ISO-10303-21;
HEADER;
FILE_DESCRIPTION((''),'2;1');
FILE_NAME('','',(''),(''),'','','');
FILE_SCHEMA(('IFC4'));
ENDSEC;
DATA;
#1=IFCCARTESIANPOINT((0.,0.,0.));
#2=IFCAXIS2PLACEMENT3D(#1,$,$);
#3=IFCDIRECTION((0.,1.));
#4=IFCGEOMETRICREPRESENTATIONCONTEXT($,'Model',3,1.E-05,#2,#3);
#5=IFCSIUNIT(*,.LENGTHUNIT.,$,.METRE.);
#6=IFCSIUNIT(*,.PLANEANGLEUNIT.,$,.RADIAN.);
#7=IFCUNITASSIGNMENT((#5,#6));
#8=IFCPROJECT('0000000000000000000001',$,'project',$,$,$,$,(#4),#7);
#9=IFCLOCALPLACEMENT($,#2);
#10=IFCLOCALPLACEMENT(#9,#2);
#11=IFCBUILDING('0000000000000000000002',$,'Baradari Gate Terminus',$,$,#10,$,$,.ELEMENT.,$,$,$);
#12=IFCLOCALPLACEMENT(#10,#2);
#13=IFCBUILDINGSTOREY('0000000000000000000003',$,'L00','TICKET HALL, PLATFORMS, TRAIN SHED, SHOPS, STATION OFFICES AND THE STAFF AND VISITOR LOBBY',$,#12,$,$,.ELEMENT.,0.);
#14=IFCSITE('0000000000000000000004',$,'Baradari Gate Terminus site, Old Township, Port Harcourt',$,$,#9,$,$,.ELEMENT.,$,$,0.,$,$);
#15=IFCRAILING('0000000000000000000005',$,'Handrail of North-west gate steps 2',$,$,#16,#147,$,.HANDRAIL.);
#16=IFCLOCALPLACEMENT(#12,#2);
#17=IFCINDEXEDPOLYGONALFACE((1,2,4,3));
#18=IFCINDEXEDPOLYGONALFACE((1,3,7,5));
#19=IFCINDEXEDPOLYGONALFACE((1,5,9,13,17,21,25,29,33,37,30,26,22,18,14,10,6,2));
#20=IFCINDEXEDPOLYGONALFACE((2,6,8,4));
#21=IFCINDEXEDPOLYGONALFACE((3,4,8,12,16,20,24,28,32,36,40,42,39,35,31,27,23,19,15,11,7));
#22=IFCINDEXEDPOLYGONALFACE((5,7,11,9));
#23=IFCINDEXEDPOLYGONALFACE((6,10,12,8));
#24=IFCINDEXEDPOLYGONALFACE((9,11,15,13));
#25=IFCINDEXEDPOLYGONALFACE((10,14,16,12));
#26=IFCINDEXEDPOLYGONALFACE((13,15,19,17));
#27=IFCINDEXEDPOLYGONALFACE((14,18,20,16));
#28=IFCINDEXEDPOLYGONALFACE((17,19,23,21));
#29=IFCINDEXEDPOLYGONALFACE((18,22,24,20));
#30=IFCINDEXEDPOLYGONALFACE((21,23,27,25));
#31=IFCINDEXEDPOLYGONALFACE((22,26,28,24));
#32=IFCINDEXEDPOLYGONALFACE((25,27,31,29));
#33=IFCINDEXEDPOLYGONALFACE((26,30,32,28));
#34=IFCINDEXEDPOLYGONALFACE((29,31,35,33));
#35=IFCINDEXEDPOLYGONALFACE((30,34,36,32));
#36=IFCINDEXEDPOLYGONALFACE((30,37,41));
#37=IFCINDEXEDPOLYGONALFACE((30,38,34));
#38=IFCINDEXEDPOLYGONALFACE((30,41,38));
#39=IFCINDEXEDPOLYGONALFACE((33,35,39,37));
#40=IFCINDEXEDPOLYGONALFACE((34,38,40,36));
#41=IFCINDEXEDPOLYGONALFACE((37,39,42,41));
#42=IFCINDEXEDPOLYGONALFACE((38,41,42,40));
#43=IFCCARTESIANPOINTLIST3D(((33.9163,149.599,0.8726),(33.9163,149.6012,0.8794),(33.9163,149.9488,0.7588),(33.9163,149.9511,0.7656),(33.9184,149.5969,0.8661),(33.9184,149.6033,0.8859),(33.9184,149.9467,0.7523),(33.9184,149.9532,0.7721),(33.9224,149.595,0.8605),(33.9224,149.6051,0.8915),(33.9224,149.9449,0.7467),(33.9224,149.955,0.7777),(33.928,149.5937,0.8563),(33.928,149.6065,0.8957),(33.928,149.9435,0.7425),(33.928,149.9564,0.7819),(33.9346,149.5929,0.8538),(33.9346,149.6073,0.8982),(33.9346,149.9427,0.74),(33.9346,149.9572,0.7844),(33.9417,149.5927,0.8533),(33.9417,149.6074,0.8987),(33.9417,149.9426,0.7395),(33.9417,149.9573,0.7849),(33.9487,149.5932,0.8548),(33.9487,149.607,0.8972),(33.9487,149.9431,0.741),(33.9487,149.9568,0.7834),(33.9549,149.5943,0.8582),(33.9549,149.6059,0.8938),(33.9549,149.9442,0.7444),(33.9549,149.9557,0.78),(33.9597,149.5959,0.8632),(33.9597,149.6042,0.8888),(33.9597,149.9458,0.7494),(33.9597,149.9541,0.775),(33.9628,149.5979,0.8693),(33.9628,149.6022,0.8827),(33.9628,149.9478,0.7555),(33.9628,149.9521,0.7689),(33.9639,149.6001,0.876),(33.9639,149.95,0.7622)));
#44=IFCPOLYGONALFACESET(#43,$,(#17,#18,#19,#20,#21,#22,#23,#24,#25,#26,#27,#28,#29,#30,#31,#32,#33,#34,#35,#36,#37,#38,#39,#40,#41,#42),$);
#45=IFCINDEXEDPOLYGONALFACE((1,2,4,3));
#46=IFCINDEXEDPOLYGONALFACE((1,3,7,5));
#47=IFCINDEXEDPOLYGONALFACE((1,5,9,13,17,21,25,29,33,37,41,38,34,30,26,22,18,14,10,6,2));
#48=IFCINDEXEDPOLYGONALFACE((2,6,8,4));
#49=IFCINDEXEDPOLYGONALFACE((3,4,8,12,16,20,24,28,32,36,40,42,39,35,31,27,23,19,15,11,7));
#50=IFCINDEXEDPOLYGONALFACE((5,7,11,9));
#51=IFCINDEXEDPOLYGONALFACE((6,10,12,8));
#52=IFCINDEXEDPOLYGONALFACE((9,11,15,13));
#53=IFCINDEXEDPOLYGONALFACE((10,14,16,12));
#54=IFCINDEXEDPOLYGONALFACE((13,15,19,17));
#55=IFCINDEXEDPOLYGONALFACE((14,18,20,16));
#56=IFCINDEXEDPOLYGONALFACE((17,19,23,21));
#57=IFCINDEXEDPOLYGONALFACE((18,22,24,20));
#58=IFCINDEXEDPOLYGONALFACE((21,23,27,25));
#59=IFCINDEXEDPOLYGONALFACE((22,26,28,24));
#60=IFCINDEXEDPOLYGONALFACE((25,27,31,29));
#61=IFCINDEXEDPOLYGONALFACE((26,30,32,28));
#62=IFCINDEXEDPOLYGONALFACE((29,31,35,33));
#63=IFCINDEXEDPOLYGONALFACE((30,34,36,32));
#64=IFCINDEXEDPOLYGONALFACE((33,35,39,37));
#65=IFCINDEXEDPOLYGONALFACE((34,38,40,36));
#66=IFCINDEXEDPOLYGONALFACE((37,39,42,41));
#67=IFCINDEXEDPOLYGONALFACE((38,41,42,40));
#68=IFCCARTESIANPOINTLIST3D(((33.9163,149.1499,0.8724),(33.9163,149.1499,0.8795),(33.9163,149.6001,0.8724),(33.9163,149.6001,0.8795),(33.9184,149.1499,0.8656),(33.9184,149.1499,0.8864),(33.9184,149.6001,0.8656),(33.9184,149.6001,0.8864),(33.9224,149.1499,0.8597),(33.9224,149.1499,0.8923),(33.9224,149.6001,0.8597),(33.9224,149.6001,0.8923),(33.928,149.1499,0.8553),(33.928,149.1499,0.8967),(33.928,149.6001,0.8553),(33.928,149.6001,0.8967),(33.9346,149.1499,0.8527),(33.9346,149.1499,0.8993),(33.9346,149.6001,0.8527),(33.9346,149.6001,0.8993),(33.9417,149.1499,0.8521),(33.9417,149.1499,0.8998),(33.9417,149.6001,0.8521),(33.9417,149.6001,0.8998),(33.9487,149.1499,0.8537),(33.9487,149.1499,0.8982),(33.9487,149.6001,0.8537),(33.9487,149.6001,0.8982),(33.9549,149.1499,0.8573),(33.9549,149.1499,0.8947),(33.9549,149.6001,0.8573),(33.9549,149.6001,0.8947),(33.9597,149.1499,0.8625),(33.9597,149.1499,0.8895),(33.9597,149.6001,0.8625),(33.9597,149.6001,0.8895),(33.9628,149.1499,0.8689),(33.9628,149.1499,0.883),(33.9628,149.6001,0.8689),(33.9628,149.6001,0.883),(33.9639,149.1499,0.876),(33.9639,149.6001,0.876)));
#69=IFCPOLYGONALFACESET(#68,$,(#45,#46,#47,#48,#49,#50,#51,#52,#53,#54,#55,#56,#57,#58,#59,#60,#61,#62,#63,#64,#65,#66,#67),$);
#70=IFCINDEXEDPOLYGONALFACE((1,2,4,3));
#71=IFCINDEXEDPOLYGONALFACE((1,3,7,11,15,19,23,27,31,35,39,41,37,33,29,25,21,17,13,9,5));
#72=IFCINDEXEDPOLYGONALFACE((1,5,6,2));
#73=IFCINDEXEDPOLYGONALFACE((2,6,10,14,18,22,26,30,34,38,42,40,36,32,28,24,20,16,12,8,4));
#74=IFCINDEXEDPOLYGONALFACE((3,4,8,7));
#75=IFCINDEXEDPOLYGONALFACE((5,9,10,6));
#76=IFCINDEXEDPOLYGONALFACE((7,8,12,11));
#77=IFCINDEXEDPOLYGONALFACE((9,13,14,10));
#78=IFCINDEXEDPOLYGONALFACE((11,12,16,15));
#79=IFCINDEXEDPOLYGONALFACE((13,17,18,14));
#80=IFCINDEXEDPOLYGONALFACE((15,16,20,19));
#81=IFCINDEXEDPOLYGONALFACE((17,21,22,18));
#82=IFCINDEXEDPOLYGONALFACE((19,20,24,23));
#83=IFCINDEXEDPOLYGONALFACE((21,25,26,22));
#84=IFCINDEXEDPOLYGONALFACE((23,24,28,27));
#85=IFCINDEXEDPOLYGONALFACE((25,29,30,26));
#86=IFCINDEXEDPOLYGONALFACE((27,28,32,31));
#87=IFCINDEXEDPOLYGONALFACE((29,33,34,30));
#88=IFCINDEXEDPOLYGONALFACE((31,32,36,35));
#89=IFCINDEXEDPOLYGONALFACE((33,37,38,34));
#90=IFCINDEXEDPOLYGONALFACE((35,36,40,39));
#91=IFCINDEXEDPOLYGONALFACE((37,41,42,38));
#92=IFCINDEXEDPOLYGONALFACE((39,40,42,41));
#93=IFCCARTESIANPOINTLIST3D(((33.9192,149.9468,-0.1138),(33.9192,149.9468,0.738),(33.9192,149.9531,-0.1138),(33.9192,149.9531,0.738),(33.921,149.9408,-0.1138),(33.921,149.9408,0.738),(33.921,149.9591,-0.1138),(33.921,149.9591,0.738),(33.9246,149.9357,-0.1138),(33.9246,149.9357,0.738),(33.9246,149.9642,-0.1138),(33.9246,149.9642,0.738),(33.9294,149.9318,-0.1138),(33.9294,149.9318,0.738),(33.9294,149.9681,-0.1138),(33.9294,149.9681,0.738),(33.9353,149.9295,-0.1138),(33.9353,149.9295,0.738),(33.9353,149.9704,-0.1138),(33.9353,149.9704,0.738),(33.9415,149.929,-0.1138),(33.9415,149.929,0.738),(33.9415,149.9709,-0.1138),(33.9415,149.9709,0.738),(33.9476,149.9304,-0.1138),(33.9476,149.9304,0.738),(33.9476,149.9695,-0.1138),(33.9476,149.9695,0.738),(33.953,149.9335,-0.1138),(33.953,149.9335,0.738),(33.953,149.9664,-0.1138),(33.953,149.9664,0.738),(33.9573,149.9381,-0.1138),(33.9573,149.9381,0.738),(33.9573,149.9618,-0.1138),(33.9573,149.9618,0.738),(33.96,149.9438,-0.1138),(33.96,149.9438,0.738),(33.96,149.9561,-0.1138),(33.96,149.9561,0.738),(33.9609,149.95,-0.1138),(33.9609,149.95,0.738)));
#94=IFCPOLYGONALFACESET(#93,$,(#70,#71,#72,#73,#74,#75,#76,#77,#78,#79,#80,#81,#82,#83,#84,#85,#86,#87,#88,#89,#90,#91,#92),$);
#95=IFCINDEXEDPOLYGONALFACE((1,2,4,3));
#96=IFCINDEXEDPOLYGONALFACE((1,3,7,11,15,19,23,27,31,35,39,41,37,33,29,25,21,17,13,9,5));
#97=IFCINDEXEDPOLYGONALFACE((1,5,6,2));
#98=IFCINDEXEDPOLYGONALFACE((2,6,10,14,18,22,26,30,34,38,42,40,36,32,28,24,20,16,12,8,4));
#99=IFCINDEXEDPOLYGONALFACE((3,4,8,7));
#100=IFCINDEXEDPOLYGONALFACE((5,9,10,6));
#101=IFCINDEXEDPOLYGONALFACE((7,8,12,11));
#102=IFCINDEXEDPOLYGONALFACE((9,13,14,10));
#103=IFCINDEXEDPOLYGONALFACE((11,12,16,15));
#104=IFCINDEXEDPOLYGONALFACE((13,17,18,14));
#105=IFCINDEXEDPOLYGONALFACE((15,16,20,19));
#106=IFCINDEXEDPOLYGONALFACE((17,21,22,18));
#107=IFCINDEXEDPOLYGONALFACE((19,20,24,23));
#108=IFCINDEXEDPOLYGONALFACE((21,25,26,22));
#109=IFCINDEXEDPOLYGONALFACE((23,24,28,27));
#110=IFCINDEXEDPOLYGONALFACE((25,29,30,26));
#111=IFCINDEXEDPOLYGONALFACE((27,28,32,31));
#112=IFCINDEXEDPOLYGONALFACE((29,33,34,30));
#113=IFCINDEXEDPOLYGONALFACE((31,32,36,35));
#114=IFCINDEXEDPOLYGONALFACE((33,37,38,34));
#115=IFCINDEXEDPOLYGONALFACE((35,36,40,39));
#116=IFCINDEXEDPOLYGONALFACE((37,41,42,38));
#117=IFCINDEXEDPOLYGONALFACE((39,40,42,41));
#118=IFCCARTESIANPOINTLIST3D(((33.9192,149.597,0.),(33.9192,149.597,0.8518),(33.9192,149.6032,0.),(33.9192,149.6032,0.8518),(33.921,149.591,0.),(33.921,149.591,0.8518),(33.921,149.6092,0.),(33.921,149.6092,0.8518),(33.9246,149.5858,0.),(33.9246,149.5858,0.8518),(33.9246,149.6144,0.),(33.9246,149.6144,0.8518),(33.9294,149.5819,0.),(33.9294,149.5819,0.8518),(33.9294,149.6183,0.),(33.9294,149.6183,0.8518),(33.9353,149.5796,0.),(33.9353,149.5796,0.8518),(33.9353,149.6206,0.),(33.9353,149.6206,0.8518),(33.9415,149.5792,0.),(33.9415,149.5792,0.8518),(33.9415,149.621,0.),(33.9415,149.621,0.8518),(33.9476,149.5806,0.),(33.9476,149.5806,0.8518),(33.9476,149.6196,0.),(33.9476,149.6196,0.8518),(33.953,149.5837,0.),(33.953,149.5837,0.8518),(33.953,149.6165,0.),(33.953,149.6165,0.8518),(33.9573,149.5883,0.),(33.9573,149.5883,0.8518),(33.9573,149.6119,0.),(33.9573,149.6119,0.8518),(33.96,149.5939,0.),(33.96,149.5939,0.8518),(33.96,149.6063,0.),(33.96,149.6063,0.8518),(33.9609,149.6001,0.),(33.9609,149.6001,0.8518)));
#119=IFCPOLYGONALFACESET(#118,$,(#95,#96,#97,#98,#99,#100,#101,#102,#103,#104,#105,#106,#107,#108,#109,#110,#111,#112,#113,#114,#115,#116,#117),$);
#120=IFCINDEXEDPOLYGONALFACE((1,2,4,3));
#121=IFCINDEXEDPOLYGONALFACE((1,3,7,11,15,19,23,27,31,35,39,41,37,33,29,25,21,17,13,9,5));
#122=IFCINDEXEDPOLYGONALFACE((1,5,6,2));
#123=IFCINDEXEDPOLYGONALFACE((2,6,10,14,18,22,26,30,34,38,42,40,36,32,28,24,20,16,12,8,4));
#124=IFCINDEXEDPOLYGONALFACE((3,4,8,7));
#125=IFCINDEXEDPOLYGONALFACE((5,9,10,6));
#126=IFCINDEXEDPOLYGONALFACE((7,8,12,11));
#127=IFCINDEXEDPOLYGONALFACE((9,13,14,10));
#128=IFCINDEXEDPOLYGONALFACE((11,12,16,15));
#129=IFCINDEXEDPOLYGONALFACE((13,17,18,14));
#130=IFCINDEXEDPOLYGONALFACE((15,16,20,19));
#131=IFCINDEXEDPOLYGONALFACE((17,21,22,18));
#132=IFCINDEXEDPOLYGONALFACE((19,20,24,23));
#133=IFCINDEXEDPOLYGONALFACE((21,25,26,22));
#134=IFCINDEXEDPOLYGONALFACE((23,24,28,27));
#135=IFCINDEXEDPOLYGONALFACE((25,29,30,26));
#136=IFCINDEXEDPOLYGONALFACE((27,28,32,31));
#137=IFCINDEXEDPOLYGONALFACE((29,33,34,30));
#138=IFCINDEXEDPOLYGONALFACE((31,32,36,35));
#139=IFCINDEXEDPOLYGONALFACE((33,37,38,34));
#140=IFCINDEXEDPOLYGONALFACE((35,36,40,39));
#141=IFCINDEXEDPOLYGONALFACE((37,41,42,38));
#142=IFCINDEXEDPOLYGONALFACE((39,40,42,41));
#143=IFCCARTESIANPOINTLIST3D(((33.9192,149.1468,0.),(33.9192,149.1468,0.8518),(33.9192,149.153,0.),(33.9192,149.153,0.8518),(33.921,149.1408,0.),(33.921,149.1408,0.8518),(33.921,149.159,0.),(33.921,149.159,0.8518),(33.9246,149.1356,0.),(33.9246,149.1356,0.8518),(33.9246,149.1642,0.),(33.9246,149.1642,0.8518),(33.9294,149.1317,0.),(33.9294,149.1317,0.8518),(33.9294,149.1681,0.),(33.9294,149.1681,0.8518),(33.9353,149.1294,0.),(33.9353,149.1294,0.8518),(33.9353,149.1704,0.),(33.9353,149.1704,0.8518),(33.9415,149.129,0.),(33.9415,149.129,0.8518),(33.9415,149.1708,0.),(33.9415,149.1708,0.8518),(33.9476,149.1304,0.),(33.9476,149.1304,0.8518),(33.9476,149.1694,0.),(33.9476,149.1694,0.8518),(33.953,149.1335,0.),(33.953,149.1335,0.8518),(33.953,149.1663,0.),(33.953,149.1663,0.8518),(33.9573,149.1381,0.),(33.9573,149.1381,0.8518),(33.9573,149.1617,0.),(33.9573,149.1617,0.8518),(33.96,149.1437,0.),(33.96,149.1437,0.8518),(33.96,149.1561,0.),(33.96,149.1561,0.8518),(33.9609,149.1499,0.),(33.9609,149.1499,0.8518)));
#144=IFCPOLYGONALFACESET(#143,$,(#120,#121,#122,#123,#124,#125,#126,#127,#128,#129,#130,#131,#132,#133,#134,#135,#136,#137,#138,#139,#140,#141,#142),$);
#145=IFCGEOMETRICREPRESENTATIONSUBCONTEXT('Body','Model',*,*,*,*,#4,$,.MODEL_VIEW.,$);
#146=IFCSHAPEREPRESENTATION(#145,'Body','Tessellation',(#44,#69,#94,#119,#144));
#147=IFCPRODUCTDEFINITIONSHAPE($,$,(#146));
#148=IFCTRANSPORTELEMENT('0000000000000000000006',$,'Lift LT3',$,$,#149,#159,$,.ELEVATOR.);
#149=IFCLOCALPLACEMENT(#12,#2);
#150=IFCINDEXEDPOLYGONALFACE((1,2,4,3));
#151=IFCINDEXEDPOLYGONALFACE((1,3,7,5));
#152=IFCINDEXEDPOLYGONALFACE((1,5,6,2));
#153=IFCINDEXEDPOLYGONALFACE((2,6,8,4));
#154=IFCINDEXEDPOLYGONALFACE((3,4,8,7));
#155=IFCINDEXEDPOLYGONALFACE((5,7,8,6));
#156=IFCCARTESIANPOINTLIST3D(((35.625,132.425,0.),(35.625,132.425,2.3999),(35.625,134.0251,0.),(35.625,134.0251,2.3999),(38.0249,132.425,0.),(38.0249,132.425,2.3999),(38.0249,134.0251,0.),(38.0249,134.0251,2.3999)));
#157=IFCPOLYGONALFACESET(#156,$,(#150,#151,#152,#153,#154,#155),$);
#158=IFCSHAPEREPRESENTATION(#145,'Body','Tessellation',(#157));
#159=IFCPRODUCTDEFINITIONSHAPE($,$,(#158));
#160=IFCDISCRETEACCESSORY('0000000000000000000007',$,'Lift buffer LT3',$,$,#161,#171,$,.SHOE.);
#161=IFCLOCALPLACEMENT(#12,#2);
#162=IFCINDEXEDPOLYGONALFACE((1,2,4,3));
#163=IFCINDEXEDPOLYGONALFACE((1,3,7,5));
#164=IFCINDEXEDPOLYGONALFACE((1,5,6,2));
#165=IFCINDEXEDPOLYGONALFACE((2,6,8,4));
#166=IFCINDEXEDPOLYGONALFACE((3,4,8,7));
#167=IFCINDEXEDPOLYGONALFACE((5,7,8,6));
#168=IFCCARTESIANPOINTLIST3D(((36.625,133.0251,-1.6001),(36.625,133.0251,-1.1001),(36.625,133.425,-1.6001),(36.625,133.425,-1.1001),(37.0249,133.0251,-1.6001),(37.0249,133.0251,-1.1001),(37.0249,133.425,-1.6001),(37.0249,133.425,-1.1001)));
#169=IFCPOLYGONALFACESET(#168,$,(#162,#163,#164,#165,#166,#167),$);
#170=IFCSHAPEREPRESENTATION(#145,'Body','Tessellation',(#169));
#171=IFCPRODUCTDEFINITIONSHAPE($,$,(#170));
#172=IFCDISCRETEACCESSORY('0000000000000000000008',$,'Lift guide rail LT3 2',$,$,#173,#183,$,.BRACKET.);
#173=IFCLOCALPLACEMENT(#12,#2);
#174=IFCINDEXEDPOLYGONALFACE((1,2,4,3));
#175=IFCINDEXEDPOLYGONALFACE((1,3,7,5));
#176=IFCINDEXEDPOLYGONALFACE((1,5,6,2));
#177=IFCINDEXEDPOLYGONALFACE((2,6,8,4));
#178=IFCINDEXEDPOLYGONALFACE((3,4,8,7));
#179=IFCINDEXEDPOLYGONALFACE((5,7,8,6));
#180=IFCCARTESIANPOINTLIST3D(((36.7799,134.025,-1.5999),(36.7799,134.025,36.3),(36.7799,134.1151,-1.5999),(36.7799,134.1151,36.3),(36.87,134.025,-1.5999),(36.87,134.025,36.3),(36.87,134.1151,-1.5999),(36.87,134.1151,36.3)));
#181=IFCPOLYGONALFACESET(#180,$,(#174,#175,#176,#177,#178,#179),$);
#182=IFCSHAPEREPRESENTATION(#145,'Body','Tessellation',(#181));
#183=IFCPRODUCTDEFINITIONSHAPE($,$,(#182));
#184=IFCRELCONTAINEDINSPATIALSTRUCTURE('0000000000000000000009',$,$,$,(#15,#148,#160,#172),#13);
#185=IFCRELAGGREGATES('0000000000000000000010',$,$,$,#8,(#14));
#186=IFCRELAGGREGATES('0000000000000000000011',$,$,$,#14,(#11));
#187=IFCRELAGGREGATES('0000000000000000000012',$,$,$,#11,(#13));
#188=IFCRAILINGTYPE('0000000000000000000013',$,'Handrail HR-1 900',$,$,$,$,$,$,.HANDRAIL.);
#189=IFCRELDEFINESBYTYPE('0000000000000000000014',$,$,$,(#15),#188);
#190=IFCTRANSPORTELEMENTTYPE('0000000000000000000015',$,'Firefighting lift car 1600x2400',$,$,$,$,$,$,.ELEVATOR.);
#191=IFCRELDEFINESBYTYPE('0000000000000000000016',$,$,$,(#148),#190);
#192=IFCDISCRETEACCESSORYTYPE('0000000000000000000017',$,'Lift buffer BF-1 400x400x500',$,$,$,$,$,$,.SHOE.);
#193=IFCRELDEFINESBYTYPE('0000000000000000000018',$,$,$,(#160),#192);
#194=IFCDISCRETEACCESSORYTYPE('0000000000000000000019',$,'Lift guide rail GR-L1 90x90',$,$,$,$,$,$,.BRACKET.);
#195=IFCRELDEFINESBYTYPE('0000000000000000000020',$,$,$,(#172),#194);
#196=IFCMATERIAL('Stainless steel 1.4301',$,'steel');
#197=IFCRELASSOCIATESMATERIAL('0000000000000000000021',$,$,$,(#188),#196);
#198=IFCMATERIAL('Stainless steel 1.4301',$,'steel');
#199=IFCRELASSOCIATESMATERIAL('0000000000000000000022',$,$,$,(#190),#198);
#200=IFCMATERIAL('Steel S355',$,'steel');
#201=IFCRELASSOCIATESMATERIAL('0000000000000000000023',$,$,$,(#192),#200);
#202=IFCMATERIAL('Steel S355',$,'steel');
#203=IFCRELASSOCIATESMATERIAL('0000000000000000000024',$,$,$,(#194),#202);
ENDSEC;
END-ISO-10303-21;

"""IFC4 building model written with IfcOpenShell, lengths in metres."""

from ifc_helpers import new_model, si_unit, direction, frame, origin, origin_2d, place, context, subcontext, project, spatial, rectangle, circle, extrude, material, type_object, element, save


model = new_model("IFC4")

# Units and contexts
model_context = context("Model", 3, precision=1e-05, world=origin(), true_north=direction((0.0, 1.0)))
body_context = subcontext(model_context, "Body", "Model", "MODEL_VIEW")
ifc_project = project(units=[si_unit("LENGTHUNIT", "METRE"), si_unit("PLANEANGLEUNIT", "RADIAN")], contexts=[model_context])

# Site, building, storey
site_placement = place(None, origin())
site = spatial("IfcSite", under=ifc_project, at=site_placement, Name="Baradari Gate Terminus site, Old Township, Port Harcourt", CompositionType="ELEMENT", RefElevation=0.0)
building_placement = place(site_placement, origin())
building = spatial("IfcBuilding", under=site, at=building_placement, Name="Baradari Gate Terminus", CompositionType="ELEMENT")
storey_placement = place(building_placement, origin())
storey = spatial("IfcBuildingStorey", under=building, at=storey_placement, Name="L00", Description="TICKET HALL, PLATFORMS, TRAIN SHED, SHOPS, STATION OFFICES AND THE STAFF AND VISITOR LOBBY", CompositionType="ELEMENT", Elevation=0.0)

# Railing
ifc_material_1 = material(Name="Stainless steel 1.4301", Category="steel")
railing_type = type_object("IfcRailingType", Name="Handrail HR-1 900", PredefinedType="HANDRAIL", material=ifc_material_1)
railing_placement = place(storey_placement, frame((33.9399, 149.95, -0.1138)))
element("IfcRailing", 1, at=railing_placement, inside=storey, type_object=railing_type, Name="Handrail of North-west gate steps 2", PredefinedType="HANDRAIL", context=body_context, shape_type="SweptSolid", body=[
    extrude(circle(Radius=0.0239, at=origin_2d()), frame((0.0, 0.0, 0.876), z_axis=(0.0, -0.95098, 0.309251), x_axis=(1.0, 0.0, 0.0)), (0.0, 0.0, 1.0), 0.3679),
    extrude(circle(Radius=0.0239, at=origin_2d()), frame((0.0, -0.3499, 0.9897), z_axis=(0.0, -1.0, 0.0), x_axis=(1.0, 0.0, 0.0)), (0.0, 0.0, 1.0), 0.4502),
    extrude(circle(Radius=0.021, at=origin_2d()), origin(), (0.0, 0.0, 1.0), 0.8518),
    extrude(circle(Radius=0.021, at=origin_2d()), frame((0.0, -0.3499, 0.1138)), (0.0, 0.0, 1.0), 0.8518),
    extrude(circle(Radius=0.021, at=origin_2d()), frame((0.0, -0.8, 0.1138)), (0.0, 0.0, 1.0), 0.8518),
])

# Transport element
ifc_material_2 = material(Name="Stainless steel 1.4301", Category="steel")
transport_element_type = type_object("IfcTransportElementType", Name="Firefighting lift car 1600x2400", PredefinedType="ELEVATOR", material=ifc_material_2)
transport_element_placement = place(storey_placement, frame((36.825, 133.2251, 0.0), z_axis=(0.0, 0.0, 1.0), x_axis=(1.0, 0.0, 0.0)))
element("IfcTransportElement", 2, at=transport_element_placement, inside=storey, type_object=transport_element_type, Name="Lift LT3", PredefinedType="ELEVATOR", context=body_context, shape_type="SweptSolid", body=[
    extrude(rectangle(XDim=2.3999, YDim=1.6001, at=origin_2d()), origin(), (0.0, 0.0, 1.0), 2.3999),
])

# Discrete accessories
ifc_material_3 = material(Name="Steel S355", Category="steel")
discrete_accessory_type_1 = type_object("IfcDiscreteAccessoryType", Name="Lift buffer BF-1 400x400x500", PredefinedType="SHOE", material=ifc_material_3)
discrete_accessory_1_placement = place(storey_placement, frame((36.825, 133.2251, -1.6001), z_axis=(0.0, 0.0, 1.0), x_axis=(1.0, 0.0, 0.0)))
element("IfcDiscreteAccessory", 3, at=discrete_accessory_1_placement, inside=storey, type_object=discrete_accessory_type_1, Name="Lift buffer LT3", PredefinedType="SHOE", context=body_context, shape_type="SweptSolid", body=[
    extrude(rectangle(XDim=0.3999, YDim=0.3999, at=origin_2d()), origin(), (0.0, 0.0, 1.0), 0.5),
])
ifc_material_4 = material(Name="Steel S355", Category="steel")
discrete_accessory_type_2 = type_object("IfcDiscreteAccessoryType", Name="Lift guide rail GR-L1 90x90", PredefinedType="BRACKET", material=ifc_material_4)
discrete_accessory_2_placement = place(storey_placement, frame((36.825, 134.0701, -1.5999), z_axis=(0.0, 0.0, 1.0), x_axis=(1.0, 0.0, 0.0)))
element("IfcDiscreteAccessory", 4, at=discrete_accessory_2_placement, inside=storey, type_object=discrete_accessory_type_2, Name="Lift guide rail LT3 2", PredefinedType="BRACKET", context=body_context, shape_type="SweptSolid", body=[
    extrude(rectangle(XDim=0.0901, YDim=0.0901, at=origin_2d()), origin(), (0.0, 0.0, 1.0), 37.8999),
])

save(model, "model.ifc")
